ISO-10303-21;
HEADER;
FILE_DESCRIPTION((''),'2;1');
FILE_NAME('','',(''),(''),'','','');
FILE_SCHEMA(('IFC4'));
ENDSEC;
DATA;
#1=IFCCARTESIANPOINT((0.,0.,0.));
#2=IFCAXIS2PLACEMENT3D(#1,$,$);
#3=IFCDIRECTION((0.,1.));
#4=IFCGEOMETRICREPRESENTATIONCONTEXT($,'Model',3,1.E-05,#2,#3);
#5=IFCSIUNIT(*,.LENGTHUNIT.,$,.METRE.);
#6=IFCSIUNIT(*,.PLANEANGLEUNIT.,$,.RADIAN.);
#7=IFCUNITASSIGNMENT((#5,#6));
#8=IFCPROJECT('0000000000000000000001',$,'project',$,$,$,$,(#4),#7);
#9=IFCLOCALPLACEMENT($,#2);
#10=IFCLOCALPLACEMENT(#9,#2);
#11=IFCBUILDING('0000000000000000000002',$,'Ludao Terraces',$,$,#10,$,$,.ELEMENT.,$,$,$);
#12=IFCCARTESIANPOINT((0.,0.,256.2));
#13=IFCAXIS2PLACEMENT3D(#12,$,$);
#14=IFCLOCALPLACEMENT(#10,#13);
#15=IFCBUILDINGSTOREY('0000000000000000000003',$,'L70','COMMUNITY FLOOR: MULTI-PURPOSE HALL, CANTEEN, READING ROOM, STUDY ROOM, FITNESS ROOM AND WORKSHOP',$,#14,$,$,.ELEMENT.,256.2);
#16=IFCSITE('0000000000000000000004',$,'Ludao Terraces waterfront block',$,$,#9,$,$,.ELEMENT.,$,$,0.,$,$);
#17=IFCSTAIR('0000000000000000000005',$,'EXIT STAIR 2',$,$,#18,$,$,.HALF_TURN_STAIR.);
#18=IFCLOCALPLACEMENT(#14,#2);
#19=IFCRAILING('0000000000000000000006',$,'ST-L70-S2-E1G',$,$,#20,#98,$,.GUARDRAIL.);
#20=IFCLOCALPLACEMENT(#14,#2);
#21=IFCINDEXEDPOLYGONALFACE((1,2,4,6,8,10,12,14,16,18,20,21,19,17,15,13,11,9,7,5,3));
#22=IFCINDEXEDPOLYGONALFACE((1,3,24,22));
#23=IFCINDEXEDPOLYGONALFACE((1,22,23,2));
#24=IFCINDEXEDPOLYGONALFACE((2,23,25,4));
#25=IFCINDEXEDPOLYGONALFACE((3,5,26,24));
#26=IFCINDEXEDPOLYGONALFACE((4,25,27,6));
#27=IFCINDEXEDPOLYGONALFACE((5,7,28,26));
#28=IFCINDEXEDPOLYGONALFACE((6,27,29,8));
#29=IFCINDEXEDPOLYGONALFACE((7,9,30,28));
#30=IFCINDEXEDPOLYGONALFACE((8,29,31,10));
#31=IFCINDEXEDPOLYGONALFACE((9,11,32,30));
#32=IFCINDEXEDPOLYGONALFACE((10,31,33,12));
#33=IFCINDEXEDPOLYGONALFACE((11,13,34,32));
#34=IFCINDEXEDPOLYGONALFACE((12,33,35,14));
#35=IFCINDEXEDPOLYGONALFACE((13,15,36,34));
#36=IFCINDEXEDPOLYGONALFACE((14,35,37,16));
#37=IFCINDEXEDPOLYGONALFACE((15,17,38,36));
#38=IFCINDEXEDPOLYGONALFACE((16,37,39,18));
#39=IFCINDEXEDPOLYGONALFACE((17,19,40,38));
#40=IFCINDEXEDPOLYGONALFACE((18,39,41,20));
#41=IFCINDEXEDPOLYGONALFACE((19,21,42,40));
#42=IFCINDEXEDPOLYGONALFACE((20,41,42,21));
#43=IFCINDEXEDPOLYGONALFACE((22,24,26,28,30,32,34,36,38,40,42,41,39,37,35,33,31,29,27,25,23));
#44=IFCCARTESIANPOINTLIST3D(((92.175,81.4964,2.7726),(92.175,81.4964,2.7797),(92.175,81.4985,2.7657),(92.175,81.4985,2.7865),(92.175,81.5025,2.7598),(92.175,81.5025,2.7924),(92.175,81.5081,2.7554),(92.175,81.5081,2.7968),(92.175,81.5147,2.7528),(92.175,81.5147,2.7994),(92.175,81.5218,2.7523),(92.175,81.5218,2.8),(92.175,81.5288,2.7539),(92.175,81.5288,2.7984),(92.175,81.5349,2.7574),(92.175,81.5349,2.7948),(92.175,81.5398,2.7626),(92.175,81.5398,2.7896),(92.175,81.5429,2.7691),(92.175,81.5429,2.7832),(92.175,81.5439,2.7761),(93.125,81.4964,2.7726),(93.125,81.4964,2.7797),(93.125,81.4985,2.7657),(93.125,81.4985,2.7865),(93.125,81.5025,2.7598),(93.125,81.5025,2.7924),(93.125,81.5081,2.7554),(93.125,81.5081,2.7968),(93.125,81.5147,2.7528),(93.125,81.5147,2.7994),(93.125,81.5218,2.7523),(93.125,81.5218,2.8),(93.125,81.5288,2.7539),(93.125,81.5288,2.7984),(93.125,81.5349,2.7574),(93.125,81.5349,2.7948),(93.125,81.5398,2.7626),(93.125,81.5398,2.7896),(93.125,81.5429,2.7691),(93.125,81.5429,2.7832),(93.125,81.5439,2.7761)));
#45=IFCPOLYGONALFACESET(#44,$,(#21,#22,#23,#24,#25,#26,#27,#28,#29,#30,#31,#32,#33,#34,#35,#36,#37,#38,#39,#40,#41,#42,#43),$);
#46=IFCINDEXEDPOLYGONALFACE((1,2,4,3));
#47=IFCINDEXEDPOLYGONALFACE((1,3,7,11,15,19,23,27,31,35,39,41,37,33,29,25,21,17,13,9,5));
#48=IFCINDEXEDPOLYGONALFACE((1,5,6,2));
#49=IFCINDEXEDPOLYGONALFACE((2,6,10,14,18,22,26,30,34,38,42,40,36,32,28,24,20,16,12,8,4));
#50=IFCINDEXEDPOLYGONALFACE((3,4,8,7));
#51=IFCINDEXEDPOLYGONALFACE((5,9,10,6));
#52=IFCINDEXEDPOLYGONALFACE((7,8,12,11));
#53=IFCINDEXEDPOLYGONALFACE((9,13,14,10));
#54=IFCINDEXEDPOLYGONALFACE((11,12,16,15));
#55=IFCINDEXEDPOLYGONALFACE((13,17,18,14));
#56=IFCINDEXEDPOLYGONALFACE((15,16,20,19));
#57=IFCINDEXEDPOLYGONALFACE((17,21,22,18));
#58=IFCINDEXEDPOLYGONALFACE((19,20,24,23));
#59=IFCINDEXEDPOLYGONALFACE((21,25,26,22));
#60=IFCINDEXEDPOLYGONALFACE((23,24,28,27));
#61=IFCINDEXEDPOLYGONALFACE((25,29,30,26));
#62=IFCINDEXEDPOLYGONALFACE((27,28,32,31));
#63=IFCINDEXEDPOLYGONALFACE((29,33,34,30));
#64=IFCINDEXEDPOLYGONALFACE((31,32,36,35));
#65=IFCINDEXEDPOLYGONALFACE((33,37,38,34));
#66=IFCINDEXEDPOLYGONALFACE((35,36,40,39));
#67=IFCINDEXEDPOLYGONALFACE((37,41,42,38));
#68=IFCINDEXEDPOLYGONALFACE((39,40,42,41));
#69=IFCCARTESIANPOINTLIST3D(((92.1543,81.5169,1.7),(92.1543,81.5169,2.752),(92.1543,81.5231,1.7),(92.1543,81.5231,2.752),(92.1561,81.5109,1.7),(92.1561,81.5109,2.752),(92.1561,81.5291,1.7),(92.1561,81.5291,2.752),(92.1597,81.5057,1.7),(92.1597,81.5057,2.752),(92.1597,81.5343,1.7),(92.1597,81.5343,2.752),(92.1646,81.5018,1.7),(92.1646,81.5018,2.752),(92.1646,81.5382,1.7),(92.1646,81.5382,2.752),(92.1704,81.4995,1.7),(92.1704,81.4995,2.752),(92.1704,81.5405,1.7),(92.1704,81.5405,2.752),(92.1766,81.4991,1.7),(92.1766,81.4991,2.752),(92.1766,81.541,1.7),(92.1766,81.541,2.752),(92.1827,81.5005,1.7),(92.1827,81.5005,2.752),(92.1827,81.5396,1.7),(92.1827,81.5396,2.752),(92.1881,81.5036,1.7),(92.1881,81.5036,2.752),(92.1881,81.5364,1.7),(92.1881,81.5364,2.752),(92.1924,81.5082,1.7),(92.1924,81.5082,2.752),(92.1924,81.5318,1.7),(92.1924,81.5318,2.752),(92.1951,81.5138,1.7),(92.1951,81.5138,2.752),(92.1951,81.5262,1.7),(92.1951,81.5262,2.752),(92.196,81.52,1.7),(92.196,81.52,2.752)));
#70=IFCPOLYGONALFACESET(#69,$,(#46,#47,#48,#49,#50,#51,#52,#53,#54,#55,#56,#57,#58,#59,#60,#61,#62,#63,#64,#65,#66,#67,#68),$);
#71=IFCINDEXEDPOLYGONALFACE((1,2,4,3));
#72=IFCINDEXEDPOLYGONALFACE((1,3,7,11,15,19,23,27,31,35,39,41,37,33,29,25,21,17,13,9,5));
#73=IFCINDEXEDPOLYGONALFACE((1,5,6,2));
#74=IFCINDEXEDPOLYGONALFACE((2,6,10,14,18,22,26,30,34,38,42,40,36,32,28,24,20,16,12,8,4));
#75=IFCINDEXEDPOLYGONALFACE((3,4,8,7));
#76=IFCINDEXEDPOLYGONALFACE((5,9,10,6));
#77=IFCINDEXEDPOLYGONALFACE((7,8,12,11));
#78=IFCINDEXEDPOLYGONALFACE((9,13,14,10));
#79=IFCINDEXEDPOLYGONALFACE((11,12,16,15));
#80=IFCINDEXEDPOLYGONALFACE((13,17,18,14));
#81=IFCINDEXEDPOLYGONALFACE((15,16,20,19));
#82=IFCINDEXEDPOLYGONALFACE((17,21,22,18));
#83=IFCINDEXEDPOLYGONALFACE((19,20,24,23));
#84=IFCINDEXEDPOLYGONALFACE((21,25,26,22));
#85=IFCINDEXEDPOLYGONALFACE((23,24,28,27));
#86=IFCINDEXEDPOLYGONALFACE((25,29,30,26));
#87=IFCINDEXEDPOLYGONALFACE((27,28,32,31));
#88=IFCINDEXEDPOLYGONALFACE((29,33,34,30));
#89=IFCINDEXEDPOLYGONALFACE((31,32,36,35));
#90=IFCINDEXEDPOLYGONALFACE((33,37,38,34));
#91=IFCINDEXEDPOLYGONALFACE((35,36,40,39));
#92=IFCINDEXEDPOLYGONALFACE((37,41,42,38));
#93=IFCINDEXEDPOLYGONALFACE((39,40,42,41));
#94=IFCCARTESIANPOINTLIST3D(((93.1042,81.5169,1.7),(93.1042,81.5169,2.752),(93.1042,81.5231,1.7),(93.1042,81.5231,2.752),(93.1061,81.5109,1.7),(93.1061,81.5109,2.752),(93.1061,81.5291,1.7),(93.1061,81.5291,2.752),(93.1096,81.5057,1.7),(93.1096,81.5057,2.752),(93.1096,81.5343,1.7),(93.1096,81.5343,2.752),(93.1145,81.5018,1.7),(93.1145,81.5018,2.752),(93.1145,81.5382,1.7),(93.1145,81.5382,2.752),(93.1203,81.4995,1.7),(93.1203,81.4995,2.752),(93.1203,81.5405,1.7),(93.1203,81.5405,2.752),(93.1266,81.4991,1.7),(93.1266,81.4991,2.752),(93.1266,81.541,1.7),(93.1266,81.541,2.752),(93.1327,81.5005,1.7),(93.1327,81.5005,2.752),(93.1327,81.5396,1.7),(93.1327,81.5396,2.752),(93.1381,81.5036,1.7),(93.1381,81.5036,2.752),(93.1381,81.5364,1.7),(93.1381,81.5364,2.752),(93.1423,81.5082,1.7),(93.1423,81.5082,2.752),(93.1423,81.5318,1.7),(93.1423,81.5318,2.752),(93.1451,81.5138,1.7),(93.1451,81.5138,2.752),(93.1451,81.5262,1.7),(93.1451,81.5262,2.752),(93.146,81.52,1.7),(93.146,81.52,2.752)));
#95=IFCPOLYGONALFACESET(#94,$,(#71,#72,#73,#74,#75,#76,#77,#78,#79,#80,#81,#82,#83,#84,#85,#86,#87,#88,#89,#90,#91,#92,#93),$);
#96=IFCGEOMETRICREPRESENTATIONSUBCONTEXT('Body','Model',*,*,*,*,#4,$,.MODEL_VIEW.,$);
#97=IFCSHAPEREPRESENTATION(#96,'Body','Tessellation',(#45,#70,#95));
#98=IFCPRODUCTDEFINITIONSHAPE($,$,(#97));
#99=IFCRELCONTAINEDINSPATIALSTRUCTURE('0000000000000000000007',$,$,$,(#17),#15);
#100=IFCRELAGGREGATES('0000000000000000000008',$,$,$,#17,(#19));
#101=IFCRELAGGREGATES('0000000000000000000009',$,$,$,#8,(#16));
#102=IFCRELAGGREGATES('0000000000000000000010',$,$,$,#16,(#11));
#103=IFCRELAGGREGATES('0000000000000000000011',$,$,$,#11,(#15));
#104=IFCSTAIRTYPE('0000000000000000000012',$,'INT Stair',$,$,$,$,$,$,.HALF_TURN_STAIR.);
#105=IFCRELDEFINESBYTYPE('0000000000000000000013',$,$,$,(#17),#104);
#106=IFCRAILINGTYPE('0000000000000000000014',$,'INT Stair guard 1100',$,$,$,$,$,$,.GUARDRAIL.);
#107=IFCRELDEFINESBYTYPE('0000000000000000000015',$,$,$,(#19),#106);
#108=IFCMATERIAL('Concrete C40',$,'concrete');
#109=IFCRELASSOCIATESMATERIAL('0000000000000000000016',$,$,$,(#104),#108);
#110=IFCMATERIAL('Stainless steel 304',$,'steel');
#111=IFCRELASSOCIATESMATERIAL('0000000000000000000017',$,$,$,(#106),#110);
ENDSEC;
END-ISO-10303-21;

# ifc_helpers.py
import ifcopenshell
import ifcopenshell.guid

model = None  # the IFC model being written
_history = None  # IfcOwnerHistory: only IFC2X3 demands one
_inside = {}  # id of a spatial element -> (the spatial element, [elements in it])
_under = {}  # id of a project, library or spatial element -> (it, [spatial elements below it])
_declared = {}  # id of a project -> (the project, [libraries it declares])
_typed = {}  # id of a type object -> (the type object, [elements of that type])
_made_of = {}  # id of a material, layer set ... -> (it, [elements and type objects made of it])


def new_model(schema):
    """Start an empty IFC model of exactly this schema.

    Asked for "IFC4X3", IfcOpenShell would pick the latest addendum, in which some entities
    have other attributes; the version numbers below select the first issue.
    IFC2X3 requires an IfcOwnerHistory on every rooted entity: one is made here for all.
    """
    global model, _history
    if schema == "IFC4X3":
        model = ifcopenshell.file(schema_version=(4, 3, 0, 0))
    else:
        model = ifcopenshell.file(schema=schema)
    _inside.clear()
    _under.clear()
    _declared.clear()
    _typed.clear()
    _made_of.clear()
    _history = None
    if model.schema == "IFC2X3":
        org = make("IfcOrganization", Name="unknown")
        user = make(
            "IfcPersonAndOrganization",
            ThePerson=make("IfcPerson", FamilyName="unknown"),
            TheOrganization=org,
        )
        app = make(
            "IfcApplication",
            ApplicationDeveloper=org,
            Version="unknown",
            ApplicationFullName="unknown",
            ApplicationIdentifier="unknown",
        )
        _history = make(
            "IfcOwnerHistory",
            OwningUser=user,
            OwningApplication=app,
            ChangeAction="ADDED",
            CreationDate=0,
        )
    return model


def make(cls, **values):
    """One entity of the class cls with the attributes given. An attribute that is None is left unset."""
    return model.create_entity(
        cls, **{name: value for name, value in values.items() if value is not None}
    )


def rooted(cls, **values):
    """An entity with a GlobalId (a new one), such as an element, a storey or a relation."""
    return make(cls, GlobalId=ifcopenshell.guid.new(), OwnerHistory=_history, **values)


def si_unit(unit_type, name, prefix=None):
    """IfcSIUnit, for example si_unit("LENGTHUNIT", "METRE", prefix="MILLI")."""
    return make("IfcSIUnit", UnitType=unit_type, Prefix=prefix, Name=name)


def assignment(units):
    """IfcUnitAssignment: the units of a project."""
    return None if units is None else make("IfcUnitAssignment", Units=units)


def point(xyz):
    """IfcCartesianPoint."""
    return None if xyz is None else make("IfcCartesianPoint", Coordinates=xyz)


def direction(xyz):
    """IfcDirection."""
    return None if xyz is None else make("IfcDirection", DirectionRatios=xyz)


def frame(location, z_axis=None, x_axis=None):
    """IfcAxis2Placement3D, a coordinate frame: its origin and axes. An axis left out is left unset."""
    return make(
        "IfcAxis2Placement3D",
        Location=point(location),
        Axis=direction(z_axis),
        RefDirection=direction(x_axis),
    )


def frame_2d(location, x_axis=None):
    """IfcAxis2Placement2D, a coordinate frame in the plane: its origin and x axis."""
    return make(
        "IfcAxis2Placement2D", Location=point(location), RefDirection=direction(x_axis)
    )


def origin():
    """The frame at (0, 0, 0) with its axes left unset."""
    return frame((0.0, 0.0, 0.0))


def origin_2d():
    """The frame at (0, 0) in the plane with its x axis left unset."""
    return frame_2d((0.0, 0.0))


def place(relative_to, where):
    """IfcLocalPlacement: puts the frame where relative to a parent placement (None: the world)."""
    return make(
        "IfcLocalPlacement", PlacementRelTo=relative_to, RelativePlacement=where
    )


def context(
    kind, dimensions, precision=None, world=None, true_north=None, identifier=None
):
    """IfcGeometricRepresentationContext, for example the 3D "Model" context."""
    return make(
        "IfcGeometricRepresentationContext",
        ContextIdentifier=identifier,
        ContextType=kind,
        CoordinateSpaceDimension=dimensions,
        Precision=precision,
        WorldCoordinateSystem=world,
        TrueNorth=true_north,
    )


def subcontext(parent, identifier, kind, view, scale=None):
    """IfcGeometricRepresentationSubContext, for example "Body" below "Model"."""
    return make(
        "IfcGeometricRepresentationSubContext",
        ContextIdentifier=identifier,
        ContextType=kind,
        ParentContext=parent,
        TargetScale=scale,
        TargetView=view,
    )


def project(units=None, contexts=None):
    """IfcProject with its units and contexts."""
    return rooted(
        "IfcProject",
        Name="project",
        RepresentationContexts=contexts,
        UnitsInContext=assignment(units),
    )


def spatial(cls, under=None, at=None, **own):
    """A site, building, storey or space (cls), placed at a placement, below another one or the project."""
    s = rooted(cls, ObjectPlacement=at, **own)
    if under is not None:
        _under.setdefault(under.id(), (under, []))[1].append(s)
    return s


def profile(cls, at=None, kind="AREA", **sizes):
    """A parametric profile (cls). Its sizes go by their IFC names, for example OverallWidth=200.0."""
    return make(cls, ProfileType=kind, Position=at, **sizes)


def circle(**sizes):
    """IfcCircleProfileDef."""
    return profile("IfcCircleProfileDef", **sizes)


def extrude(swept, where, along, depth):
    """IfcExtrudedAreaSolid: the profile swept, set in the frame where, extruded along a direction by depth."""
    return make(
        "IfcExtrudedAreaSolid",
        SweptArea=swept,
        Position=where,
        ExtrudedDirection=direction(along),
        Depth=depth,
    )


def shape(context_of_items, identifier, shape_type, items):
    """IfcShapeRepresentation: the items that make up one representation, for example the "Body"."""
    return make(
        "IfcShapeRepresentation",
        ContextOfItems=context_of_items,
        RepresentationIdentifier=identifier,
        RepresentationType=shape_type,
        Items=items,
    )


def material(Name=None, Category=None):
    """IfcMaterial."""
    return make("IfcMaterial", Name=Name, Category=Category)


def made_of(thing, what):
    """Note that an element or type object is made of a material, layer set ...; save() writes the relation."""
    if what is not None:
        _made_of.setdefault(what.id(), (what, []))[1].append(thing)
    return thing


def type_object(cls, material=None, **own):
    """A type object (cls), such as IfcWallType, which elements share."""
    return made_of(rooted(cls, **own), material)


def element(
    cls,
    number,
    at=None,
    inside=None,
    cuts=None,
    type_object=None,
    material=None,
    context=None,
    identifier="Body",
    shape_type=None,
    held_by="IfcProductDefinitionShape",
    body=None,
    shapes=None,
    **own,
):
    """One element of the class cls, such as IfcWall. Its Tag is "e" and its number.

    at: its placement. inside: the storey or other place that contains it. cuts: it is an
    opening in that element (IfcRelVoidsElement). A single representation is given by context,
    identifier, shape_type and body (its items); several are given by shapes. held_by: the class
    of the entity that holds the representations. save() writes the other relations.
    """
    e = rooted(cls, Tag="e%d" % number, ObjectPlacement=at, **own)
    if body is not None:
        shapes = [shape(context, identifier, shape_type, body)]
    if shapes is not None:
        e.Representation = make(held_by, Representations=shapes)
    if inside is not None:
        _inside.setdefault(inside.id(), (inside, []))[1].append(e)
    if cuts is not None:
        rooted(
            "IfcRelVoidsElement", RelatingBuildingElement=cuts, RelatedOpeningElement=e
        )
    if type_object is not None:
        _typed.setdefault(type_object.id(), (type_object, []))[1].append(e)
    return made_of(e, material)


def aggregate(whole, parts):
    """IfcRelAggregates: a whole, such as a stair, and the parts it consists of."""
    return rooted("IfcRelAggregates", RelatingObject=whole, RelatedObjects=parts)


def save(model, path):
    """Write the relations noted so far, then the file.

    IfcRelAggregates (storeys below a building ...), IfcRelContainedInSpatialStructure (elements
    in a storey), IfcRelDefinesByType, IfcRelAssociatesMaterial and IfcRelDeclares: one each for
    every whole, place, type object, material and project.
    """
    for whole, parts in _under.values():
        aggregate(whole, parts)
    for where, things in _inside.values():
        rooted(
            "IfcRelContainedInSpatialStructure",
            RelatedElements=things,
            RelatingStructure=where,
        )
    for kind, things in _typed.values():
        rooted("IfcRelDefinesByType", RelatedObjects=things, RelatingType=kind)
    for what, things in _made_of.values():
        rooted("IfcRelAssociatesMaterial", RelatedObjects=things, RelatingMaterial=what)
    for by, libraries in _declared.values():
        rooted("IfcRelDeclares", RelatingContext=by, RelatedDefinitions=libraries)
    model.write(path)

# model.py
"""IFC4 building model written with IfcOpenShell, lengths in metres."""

from ifc_helpers import new_model, si_unit, direction, frame, origin, origin_2d, place, context, subcontext, project, spatial, circle, extrude, material, type_object, element, aggregate, save


model = new_model("IFC4")

# Units and contexts
model_context = context("Model", 3, precision=1e-05, world=origin(), true_north=direction((0.0, 1.0)))
body_context = subcontext(model_context, "Body", "Model", "MODEL_VIEW")
ifc_project = project(units=[si_unit("LENGTHUNIT", "METRE"), si_unit("PLANEANGLEUNIT", "RADIAN")], contexts=[model_context])

# Site, building, storey
site_placement = place(None, origin())
site = spatial("IfcSite", under=ifc_project, at=site_placement, Name="Ludao Terraces waterfront block", CompositionType="ELEMENT", RefElevation=0.0)
building_placement = place(site_placement, origin())
building = spatial("IfcBuilding", under=site, at=building_placement, Name="Ludao Terraces", CompositionType="ELEMENT")
storey_placement = place(building_placement, frame((0.0, 0.0, 256.2)))
storey = spatial("IfcBuildingStorey", under=building, at=storey_placement, Name="L70", Description="COMMUNITY FLOOR: MULTI-PURPOSE HALL, CANTEEN, READING ROOM, STUDY ROOM, FITNESS ROOM AND WORKSHOP", CompositionType="ELEMENT", Elevation=256.2)

# Shared definitions
ifc_material_1 = material(Name="Stainless steel 304", Category="steel")

# Stair, railing
ifc_material_2 = material(Name="Concrete C40", Category="concrete")
stair_type = type_object("IfcStairType", Name="INT Stair", PredefinedType="HALF_TURN_STAIR", material=ifc_material_2)
stair_placement = place(storey_placement, origin())
stair = element("IfcStair", 1, at=stair_placement, inside=storey, type_object=stair_type, Name="EXIT STAIR 2", PredefinedType="HALF_TURN_STAIR")
railing_type_1 = type_object("IfcRailingType", Name="INT Stair guard 1100", PredefinedType="GUARDRAIL", material=ifc_material_1)
railing_1_placement = place(storey_placement, frame((92.175, 81.52, 1.7)))
railing_1 = element("IfcRailing", 2, at=railing_1_placement, type_object=railing_type_1, Name="ST-L70-S2-E1G", PredefinedType="GUARDRAIL", context=body_context, shape_type="SweptSolid", body=[
    extrude(circle(Radius=0.0239, at=origin_2d()), frame((0.0, 0.0, 1.0762), z_axis=(1.0, 0.0, 0.0), x_axis=(0.0, 1.0, 0.0)), (0.0, 0.0, 1.0), 0.95),
    extrude(circle(Radius=0.021, at=origin_2d()), origin(), (0.0, 0.0, 1.0), 1.052),
    extrude(circle(Radius=0.021, at=origin_2d()), frame((0.95, 0.0, 0.0)), (0.0, 0.0, 1.0), 1.052),
])
aggregate(stair, [railing_1])

save(model, "model.ifc")
